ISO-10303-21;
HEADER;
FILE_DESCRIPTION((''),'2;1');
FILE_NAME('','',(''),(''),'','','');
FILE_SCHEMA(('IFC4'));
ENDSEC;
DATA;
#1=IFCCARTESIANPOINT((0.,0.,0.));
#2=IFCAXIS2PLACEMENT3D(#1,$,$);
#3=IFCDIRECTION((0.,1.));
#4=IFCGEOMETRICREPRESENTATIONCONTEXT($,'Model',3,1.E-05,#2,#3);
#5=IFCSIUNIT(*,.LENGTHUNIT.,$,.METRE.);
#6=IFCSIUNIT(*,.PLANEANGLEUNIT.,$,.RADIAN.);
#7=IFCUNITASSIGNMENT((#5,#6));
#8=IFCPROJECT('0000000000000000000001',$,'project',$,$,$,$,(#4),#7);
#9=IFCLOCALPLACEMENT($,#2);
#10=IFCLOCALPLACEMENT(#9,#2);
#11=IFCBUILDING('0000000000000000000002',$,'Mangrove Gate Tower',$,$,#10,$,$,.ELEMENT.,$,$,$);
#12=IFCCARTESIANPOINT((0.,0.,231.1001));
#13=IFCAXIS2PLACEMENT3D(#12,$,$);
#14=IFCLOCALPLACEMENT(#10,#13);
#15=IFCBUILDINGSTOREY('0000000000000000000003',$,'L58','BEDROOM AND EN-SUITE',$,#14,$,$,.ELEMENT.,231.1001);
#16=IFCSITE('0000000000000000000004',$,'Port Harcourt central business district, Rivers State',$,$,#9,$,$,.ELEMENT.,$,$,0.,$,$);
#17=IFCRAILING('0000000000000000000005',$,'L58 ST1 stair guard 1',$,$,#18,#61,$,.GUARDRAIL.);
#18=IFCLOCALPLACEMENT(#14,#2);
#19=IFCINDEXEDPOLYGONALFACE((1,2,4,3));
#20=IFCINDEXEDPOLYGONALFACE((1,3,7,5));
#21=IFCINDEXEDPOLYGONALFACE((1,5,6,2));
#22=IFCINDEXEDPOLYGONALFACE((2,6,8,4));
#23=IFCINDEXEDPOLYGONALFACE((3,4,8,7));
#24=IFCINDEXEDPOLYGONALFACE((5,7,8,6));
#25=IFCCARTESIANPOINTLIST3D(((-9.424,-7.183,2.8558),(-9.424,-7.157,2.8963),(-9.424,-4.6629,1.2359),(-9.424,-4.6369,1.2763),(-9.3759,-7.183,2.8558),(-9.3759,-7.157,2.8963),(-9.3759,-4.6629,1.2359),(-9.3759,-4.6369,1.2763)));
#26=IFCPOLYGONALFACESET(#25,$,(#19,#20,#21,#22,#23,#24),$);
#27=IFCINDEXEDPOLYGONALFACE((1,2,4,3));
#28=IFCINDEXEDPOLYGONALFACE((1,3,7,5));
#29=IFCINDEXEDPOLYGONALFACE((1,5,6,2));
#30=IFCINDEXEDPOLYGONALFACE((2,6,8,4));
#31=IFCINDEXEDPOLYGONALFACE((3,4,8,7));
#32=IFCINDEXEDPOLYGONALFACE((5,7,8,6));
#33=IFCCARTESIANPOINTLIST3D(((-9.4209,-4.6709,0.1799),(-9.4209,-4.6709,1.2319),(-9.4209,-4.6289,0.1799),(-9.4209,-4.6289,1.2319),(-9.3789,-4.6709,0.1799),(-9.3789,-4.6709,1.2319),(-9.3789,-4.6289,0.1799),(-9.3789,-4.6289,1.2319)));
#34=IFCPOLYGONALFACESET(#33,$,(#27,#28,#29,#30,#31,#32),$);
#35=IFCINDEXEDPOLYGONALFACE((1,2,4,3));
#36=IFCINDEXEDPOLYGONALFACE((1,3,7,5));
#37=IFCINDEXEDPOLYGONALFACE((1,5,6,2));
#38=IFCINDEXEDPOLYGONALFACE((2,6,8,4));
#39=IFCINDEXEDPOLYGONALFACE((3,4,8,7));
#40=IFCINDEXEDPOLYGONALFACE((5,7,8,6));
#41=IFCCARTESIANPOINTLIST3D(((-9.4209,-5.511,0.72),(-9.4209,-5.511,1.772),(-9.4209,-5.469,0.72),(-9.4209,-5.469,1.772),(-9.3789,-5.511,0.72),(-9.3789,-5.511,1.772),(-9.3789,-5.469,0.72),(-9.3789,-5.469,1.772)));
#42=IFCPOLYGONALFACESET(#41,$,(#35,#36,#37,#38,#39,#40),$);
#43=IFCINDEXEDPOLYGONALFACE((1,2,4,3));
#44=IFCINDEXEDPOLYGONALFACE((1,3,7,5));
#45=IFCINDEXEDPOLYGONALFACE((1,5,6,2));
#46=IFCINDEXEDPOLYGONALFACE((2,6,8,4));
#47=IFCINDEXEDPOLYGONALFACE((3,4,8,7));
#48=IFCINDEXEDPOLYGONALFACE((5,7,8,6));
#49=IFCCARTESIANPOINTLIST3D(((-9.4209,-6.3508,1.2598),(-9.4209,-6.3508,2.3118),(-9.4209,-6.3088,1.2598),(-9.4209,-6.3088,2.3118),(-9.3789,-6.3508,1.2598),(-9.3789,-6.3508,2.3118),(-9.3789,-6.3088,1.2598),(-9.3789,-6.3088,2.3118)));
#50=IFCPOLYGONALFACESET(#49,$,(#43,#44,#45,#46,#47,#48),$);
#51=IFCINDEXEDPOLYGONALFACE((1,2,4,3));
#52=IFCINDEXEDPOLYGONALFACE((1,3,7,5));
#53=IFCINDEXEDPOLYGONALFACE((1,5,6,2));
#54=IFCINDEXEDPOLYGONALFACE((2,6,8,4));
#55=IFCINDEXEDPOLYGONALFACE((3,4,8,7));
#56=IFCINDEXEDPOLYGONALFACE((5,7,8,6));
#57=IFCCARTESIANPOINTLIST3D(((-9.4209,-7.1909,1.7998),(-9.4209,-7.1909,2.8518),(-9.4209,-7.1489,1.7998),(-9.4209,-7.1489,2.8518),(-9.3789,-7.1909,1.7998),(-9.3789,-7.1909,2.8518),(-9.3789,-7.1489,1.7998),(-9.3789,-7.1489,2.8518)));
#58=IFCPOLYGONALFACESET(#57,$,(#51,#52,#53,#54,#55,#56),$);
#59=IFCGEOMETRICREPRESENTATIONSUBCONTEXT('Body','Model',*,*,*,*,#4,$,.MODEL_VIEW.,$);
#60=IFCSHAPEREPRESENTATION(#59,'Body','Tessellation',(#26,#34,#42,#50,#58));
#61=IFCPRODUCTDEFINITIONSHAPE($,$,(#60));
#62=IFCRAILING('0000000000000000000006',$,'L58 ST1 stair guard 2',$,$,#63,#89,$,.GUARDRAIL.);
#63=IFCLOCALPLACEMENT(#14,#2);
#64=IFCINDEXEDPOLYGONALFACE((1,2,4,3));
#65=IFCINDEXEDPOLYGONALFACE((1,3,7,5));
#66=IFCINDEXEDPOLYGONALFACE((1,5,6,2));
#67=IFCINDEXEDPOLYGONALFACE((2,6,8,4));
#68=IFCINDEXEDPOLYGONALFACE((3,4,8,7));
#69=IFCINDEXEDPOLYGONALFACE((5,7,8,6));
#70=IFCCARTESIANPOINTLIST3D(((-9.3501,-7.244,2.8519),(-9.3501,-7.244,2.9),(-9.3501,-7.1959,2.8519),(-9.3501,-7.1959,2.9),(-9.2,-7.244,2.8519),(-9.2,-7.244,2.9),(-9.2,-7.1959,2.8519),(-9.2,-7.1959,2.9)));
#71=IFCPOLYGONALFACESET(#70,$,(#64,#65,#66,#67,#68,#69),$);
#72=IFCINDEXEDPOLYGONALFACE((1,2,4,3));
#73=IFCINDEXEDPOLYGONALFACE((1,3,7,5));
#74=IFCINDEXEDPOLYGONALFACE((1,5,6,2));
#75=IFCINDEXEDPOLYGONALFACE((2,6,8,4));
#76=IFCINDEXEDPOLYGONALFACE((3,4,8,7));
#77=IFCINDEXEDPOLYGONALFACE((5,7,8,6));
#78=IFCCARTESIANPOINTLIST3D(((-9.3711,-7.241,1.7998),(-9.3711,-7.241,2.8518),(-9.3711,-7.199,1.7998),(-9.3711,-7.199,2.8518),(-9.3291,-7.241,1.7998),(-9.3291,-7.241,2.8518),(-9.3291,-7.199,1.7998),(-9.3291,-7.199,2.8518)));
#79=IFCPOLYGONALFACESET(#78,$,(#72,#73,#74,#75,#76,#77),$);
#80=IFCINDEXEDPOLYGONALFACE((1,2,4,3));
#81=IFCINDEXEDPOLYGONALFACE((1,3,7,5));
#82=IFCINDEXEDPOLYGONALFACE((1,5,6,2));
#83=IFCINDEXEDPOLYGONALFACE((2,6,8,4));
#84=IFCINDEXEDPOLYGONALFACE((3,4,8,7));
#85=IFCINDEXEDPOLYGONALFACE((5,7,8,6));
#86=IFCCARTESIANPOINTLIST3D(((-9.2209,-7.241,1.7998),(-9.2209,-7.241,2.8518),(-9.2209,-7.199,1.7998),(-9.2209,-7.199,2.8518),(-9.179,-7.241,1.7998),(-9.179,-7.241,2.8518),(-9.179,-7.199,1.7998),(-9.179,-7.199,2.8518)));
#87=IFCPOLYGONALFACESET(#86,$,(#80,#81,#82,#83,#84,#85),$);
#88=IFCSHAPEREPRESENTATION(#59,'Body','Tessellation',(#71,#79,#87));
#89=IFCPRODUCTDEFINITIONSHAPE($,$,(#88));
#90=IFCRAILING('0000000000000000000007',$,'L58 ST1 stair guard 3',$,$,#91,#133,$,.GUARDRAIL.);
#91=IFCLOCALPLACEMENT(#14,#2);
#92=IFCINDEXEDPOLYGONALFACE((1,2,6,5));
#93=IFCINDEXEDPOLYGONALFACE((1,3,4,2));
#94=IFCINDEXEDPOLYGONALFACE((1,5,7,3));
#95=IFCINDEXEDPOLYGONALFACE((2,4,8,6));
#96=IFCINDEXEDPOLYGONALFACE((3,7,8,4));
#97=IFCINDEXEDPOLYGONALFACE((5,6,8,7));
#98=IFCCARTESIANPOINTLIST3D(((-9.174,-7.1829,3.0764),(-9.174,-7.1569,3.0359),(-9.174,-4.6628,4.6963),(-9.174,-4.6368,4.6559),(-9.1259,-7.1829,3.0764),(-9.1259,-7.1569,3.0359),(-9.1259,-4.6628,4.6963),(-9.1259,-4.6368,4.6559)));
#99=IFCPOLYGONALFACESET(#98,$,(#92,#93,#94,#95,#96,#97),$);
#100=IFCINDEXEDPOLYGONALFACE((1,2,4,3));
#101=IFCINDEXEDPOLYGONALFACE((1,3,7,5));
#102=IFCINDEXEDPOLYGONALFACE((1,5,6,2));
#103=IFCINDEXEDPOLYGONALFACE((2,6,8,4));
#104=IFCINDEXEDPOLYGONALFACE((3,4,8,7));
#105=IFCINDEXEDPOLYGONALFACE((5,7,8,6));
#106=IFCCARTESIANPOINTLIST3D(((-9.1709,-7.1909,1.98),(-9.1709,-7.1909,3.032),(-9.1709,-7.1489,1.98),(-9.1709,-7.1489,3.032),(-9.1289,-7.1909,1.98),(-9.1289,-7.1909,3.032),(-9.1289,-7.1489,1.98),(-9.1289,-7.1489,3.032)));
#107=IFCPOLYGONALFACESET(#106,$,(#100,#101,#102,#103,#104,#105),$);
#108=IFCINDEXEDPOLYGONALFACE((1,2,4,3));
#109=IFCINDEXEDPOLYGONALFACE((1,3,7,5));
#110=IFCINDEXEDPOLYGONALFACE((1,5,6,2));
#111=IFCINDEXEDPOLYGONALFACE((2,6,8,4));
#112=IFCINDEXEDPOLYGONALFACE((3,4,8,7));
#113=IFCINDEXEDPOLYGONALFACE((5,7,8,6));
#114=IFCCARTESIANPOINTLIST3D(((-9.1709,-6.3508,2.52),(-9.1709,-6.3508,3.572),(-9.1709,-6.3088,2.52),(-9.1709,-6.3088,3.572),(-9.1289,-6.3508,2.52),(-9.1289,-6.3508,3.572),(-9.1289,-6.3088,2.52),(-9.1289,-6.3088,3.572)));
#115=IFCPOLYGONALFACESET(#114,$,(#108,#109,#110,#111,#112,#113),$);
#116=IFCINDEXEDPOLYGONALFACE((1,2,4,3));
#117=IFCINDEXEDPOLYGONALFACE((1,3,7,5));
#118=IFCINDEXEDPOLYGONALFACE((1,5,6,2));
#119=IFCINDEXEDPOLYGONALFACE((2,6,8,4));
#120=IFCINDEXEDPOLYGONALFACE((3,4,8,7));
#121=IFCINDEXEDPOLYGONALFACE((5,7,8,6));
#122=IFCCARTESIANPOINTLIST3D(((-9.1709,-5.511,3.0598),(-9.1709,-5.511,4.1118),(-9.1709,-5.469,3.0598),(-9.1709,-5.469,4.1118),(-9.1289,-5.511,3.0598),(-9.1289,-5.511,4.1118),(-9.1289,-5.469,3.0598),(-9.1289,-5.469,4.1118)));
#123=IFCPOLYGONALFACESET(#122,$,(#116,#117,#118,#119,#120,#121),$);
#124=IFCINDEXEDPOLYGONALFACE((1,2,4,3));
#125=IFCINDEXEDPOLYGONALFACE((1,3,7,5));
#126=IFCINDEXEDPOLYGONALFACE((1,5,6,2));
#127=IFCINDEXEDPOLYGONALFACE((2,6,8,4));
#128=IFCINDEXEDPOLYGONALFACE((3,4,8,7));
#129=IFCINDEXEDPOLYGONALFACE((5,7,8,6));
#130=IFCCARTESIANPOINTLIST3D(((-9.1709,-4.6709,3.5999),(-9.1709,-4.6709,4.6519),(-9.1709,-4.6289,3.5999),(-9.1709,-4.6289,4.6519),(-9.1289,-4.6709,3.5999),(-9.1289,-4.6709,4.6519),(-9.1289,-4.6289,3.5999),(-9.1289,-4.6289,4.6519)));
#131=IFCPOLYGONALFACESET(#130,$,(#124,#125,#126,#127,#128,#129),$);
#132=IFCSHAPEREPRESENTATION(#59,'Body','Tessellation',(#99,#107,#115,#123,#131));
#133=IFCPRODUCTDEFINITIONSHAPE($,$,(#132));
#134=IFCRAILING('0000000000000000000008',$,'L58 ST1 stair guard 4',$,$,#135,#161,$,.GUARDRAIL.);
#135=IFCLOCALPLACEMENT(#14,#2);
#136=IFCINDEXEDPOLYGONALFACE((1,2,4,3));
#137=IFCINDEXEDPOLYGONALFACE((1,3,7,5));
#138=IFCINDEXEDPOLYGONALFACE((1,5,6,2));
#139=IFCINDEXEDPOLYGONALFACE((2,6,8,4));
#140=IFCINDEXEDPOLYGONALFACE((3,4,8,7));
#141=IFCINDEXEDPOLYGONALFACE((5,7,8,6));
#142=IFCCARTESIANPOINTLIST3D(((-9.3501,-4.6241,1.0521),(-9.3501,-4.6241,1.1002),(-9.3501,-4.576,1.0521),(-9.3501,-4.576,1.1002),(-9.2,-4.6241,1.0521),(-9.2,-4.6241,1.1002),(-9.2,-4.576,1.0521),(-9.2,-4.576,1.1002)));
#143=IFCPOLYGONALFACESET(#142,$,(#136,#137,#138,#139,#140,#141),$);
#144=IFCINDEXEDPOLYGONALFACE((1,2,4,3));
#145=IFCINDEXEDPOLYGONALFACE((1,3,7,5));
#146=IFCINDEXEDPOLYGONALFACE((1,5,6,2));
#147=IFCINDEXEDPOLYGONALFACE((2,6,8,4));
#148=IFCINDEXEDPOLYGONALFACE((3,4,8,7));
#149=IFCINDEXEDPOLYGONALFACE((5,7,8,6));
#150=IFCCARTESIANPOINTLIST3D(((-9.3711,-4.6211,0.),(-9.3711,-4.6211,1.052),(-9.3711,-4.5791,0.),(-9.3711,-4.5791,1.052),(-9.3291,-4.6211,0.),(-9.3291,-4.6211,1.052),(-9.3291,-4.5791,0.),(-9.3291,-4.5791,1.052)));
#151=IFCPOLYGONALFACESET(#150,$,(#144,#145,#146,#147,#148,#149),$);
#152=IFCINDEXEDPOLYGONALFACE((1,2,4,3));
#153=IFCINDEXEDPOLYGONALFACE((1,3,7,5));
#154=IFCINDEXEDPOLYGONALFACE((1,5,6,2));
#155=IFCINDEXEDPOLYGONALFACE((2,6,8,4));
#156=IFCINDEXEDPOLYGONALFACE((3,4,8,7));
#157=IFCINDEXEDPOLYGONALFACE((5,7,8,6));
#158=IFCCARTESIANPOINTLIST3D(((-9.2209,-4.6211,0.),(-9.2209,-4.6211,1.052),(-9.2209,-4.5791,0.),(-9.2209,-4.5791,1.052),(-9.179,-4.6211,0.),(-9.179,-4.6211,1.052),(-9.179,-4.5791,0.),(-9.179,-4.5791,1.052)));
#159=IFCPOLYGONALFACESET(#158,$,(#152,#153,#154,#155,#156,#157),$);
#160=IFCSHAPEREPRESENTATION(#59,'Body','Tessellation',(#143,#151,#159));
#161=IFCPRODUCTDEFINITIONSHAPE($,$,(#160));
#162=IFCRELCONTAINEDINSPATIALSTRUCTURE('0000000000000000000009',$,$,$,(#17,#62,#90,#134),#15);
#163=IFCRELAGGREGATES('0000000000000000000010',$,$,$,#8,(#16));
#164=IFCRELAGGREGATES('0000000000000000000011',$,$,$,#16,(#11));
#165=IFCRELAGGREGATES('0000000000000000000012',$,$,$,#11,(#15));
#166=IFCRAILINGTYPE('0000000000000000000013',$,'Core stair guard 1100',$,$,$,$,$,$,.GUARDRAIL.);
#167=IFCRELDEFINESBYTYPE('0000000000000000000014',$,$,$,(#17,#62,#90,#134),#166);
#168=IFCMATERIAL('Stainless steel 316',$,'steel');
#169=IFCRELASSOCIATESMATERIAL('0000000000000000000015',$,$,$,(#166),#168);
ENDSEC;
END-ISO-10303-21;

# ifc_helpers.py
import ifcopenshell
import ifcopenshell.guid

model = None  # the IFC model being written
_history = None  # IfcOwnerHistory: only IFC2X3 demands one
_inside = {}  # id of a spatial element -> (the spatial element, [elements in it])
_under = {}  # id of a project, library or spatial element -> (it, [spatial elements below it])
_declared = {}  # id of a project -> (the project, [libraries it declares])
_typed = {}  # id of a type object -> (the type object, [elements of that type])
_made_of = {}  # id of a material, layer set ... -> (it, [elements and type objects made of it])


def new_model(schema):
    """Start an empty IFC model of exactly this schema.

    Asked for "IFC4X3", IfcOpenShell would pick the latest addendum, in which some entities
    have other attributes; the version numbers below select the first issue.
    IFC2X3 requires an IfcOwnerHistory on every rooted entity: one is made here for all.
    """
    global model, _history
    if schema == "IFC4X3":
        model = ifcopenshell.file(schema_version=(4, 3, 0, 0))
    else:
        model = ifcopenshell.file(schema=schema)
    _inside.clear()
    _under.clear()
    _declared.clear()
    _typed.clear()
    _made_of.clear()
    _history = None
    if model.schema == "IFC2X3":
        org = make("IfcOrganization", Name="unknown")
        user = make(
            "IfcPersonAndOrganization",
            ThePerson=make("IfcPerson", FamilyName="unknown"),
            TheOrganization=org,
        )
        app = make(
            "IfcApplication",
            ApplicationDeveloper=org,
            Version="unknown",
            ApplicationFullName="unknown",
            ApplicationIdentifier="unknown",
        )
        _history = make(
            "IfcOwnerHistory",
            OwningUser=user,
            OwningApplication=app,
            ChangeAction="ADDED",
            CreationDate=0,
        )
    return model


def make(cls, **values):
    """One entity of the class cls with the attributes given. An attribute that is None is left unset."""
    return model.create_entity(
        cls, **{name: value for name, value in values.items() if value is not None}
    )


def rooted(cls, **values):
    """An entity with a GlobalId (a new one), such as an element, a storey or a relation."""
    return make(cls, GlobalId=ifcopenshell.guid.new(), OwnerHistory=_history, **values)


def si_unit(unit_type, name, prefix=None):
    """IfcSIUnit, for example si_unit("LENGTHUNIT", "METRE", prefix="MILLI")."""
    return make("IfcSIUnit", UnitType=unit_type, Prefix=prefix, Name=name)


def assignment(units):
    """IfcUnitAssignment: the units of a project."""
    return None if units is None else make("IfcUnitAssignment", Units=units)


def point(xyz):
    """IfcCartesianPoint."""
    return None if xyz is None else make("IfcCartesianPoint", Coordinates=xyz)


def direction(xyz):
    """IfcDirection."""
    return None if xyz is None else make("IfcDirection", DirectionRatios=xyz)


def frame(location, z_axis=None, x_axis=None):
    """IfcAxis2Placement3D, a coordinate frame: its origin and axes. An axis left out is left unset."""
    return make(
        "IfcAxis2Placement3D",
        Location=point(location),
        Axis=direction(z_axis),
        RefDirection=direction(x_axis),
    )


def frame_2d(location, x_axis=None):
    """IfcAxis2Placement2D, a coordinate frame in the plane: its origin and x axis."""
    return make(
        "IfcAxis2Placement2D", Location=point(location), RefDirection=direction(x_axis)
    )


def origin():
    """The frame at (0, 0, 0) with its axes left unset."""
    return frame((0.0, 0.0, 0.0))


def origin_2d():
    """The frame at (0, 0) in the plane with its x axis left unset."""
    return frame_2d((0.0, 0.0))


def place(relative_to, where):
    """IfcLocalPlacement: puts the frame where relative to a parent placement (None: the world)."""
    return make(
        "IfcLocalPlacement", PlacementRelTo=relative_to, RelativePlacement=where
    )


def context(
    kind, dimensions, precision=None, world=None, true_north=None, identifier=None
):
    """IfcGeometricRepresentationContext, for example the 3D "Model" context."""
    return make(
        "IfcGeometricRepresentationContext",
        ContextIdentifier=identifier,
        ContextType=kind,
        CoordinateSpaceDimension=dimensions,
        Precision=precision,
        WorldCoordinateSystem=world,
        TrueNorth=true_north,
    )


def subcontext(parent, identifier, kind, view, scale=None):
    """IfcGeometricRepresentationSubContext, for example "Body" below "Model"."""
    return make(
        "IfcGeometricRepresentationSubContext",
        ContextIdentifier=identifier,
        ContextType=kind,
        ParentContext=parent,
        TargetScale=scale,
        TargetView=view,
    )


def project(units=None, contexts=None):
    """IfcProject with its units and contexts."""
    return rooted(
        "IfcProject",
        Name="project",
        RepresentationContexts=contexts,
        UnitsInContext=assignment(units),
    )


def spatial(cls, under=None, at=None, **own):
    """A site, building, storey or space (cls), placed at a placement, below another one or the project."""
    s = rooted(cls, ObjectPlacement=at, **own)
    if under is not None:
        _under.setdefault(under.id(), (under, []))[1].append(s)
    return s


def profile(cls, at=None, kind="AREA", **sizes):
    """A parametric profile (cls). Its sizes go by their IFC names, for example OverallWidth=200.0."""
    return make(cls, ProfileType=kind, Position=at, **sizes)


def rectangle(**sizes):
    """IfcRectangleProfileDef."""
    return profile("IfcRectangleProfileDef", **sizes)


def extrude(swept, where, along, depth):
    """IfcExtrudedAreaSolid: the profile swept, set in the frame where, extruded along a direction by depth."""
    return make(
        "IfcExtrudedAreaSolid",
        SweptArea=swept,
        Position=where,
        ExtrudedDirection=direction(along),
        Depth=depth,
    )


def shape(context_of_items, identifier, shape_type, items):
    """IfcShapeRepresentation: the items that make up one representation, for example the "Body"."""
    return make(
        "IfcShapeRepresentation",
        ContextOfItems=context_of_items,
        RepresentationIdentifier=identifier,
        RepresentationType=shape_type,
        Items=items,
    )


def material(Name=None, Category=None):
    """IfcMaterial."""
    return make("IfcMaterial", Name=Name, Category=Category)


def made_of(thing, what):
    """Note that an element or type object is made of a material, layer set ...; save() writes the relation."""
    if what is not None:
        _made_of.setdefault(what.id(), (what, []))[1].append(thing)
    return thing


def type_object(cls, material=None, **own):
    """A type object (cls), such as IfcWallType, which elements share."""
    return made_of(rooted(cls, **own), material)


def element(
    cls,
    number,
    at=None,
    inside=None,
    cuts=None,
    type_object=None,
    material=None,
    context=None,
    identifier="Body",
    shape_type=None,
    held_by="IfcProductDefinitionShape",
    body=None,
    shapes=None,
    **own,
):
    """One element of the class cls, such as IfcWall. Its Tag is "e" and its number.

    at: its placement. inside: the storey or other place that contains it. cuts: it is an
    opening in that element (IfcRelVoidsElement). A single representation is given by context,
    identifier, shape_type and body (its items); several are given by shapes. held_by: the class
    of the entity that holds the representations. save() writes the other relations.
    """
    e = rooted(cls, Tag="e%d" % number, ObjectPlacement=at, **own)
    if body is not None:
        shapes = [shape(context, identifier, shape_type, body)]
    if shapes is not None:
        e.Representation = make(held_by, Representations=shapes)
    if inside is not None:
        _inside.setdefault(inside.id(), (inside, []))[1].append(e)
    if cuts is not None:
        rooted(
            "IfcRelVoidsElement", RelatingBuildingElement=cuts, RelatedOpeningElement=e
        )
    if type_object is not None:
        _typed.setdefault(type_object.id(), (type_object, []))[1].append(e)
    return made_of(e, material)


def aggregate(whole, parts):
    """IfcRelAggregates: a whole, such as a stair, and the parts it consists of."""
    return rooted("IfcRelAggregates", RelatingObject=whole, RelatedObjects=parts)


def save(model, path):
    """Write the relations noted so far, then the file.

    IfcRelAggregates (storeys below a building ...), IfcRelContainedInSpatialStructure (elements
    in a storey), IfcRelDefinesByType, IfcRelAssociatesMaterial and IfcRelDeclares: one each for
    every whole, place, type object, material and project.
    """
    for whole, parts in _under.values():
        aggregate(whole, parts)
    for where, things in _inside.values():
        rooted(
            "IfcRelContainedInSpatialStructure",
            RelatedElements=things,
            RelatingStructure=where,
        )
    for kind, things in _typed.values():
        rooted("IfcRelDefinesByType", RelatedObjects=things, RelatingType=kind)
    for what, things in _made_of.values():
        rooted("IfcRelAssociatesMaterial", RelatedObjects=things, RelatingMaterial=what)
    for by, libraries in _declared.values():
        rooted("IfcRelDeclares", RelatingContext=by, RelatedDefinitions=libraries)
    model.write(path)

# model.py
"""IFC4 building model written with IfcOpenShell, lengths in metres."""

from ifc_helpers import new_model, si_unit, direction, frame, origin, origin_2d, place, context, subcontext, project, spatial, rectangle, extrude, material, type_object, element, save


model = new_model("IFC4")

# Units and contexts
model_context = context("Model", 3, precision=1e-05, world=origin(), true_north=direction((0.0, 1.0)))
body_context = subcontext(model_context, "Body", "Model", "MODEL_VIEW")
ifc_project = project(units=[si_unit("LENGTHUNIT", "METRE"), si_unit("PLANEANGLEUNIT", "RADIAN")], contexts=[model_context])

# Site, building, storey
site_placement = place(None, origin())
site = spatial("IfcSite", under=ifc_project, at=site_placement, Name="Port Harcourt central business district, Rivers State", CompositionType="ELEMENT", RefElevation=0.0)
building_placement = place(site_placement, origin())
building = spatial("IfcBuilding", under=site, at=building_placement, Name="Mangrove Gate Tower", CompositionType="ELEMENT")
storey_placement = place(building_placement, frame((0.0, 0.0, 231.1001)))
storey = spatial("IfcBuildingStorey", under=building, at=storey_placement, Name="L58", Description="BEDROOM AND EN-SUITE", CompositionType="ELEMENT", Elevation=231.1001)

# Railings
ifc_material_1 = material(Name="Stainless steel 316", Category="steel")
railing_type_1 = type_object("IfcRailingType", Name="Core stair guard 1100", PredefinedType="GUARDRAIL", material=ifc_material_1)
railing_1_placement = place(storey_placement, frame((-9.3999, -4.6499, 0.1799)))
element("IfcRailing", 1, at=railing_1_placement, inside=storey, type_object=railing_type_1, Name="L58 ST1 stair guard 1", PredefinedType="GUARDRAIL", context=body_context, shape_type="SweptSolid", body=[
    extrude(rectangle(XDim=0.0481, YDim=0.0481, at=origin_2d()), frame((0.0, 0.0, 1.0762), z_axis=(0.0, -0.8412, 0.540725), x_axis=(1.0, 0.0, 0.0)), (0.0, 0.0, 1.0), 2.9958),
    extrude(rectangle(XDim=0.042, YDim=0.042, at=origin_2d()), origin(), (0.0, 0.0, 1.0), 1.052),
    extrude(rectangle(XDim=0.042, YDim=0.042, at=origin_2d()), frame((0.0, -0.8401, 0.54)), (0.0, 0.0, 1.0), 1.052),
    extrude(rectangle(XDim=0.042, YDim=0.042, at=origin_2d()), frame((0.0, -1.6799, 1.0798)), (0.0, 0.0, 1.0), 1.052),
    extrude(rectangle(XDim=0.042, YDim=0.042, at=origin_2d()), frame((0.0, -2.52, 1.6199)), (0.0, 0.0, 1.0), 1.052),
])
railing_2_placement = place(storey_placement, frame((-9.3501, -7.22, 1.7998)))
element("IfcRailing", 2, at=railing_2_placement, inside=storey, type_object=railing_type_1, Name="L58 ST1 stair guard 2", PredefinedType="GUARDRAIL", context=body_context, shape_type="SweptSolid", body=[
    extrude(rectangle(XDim=0.0481, YDim=0.0481, at=origin_2d()), frame((0.0, 0.0, 1.0762), z_axis=(1.0, 0.0, 0.0), x_axis=(0.0, 1.0, 0.0)), (0.0, 0.0, 1.0), 0.1501),
    extrude(rectangle(XDim=0.042, YDim=0.042, at=origin_2d()), origin(), (0.0, 0.0, 1.0), 1.052),
    extrude(rectangle(XDim=0.042, YDim=0.042, at=origin_2d()), frame((0.1501, 0.0, 0.0)), (0.0, 0.0, 1.0), 1.052),
])
railing_3_placement = place(storey_placement, frame((-9.1499, -7.1699, 1.98)))
element("IfcRailing", 3, at=railing_3_placement, inside=storey, type_object=railing_type_1, Name="L58 ST1 stair guard 3", PredefinedType="GUARDRAIL", context=body_context, shape_type="SweptSolid", body=[
    extrude(rectangle(XDim=0.0481, YDim=0.0481, at=origin_2d()), frame((0.0, 0.0, 1.0762), z_axis=(0.0, 0.8412, 0.540725), x_axis=(-1.0, 0.0, 0.0)), (0.0, 0.0, 1.0), 2.9958),
    extrude(rectangle(XDim=0.042, YDim=0.042, at=origin_2d()), origin(), (0.0, 0.0, 1.0), 1.052),
    extrude(rectangle(XDim=0.042, YDim=0.042, at=origin_2d()), frame((0.0, 0.8401, 0.54)), (0.0, 0.0, 1.0), 1.052),
    extrude(rectangle(XDim=0.042, YDim=0.042, at=origin_2d()), frame((0.0, 1.6799, 1.0798)), (0.0, 0.0, 1.0), 1.052),
    extrude(rectangle(XDim=0.042, YDim=0.042, at=origin_2d()), frame((0.0, 2.52, 1.6199)), (0.0, 0.0, 1.0), 1.052),
])
railing_4_placement = place(storey_placement, frame((-9.3501, -4.6001, 0.0)))
element("IfcRailing", 4, at=railing_4_placement, inside=storey, type_object=railing_type_1, Name="L58 ST1 stair guard 4", PredefinedType="GUARDRAIL", context=body_context, shape_type="SweptSolid", body=[
    extrude(rectangle(XDim=0.0481, YDim=0.0481, at=origin_2d()), frame((0.0, 0.0, 1.0762), z_axis=(1.0, 0.0, 0.0), x_axis=(0.0, 1.0, 0.0)), (0.0, 0.0, 1.0), 0.1501),
    extrude(rectangle(XDim=0.042, YDim=0.042, at=origin_2d()), origin(), (0.0, 0.0, 1.0), 1.052),
    extrude(rectangle(XDim=0.042, YDim=0.042, at=origin_2d()), frame((0.1501, 0.0, 0.0)), (0.0, 0.0, 1.0), 1.052),
])

save(model, "model.ifc")
